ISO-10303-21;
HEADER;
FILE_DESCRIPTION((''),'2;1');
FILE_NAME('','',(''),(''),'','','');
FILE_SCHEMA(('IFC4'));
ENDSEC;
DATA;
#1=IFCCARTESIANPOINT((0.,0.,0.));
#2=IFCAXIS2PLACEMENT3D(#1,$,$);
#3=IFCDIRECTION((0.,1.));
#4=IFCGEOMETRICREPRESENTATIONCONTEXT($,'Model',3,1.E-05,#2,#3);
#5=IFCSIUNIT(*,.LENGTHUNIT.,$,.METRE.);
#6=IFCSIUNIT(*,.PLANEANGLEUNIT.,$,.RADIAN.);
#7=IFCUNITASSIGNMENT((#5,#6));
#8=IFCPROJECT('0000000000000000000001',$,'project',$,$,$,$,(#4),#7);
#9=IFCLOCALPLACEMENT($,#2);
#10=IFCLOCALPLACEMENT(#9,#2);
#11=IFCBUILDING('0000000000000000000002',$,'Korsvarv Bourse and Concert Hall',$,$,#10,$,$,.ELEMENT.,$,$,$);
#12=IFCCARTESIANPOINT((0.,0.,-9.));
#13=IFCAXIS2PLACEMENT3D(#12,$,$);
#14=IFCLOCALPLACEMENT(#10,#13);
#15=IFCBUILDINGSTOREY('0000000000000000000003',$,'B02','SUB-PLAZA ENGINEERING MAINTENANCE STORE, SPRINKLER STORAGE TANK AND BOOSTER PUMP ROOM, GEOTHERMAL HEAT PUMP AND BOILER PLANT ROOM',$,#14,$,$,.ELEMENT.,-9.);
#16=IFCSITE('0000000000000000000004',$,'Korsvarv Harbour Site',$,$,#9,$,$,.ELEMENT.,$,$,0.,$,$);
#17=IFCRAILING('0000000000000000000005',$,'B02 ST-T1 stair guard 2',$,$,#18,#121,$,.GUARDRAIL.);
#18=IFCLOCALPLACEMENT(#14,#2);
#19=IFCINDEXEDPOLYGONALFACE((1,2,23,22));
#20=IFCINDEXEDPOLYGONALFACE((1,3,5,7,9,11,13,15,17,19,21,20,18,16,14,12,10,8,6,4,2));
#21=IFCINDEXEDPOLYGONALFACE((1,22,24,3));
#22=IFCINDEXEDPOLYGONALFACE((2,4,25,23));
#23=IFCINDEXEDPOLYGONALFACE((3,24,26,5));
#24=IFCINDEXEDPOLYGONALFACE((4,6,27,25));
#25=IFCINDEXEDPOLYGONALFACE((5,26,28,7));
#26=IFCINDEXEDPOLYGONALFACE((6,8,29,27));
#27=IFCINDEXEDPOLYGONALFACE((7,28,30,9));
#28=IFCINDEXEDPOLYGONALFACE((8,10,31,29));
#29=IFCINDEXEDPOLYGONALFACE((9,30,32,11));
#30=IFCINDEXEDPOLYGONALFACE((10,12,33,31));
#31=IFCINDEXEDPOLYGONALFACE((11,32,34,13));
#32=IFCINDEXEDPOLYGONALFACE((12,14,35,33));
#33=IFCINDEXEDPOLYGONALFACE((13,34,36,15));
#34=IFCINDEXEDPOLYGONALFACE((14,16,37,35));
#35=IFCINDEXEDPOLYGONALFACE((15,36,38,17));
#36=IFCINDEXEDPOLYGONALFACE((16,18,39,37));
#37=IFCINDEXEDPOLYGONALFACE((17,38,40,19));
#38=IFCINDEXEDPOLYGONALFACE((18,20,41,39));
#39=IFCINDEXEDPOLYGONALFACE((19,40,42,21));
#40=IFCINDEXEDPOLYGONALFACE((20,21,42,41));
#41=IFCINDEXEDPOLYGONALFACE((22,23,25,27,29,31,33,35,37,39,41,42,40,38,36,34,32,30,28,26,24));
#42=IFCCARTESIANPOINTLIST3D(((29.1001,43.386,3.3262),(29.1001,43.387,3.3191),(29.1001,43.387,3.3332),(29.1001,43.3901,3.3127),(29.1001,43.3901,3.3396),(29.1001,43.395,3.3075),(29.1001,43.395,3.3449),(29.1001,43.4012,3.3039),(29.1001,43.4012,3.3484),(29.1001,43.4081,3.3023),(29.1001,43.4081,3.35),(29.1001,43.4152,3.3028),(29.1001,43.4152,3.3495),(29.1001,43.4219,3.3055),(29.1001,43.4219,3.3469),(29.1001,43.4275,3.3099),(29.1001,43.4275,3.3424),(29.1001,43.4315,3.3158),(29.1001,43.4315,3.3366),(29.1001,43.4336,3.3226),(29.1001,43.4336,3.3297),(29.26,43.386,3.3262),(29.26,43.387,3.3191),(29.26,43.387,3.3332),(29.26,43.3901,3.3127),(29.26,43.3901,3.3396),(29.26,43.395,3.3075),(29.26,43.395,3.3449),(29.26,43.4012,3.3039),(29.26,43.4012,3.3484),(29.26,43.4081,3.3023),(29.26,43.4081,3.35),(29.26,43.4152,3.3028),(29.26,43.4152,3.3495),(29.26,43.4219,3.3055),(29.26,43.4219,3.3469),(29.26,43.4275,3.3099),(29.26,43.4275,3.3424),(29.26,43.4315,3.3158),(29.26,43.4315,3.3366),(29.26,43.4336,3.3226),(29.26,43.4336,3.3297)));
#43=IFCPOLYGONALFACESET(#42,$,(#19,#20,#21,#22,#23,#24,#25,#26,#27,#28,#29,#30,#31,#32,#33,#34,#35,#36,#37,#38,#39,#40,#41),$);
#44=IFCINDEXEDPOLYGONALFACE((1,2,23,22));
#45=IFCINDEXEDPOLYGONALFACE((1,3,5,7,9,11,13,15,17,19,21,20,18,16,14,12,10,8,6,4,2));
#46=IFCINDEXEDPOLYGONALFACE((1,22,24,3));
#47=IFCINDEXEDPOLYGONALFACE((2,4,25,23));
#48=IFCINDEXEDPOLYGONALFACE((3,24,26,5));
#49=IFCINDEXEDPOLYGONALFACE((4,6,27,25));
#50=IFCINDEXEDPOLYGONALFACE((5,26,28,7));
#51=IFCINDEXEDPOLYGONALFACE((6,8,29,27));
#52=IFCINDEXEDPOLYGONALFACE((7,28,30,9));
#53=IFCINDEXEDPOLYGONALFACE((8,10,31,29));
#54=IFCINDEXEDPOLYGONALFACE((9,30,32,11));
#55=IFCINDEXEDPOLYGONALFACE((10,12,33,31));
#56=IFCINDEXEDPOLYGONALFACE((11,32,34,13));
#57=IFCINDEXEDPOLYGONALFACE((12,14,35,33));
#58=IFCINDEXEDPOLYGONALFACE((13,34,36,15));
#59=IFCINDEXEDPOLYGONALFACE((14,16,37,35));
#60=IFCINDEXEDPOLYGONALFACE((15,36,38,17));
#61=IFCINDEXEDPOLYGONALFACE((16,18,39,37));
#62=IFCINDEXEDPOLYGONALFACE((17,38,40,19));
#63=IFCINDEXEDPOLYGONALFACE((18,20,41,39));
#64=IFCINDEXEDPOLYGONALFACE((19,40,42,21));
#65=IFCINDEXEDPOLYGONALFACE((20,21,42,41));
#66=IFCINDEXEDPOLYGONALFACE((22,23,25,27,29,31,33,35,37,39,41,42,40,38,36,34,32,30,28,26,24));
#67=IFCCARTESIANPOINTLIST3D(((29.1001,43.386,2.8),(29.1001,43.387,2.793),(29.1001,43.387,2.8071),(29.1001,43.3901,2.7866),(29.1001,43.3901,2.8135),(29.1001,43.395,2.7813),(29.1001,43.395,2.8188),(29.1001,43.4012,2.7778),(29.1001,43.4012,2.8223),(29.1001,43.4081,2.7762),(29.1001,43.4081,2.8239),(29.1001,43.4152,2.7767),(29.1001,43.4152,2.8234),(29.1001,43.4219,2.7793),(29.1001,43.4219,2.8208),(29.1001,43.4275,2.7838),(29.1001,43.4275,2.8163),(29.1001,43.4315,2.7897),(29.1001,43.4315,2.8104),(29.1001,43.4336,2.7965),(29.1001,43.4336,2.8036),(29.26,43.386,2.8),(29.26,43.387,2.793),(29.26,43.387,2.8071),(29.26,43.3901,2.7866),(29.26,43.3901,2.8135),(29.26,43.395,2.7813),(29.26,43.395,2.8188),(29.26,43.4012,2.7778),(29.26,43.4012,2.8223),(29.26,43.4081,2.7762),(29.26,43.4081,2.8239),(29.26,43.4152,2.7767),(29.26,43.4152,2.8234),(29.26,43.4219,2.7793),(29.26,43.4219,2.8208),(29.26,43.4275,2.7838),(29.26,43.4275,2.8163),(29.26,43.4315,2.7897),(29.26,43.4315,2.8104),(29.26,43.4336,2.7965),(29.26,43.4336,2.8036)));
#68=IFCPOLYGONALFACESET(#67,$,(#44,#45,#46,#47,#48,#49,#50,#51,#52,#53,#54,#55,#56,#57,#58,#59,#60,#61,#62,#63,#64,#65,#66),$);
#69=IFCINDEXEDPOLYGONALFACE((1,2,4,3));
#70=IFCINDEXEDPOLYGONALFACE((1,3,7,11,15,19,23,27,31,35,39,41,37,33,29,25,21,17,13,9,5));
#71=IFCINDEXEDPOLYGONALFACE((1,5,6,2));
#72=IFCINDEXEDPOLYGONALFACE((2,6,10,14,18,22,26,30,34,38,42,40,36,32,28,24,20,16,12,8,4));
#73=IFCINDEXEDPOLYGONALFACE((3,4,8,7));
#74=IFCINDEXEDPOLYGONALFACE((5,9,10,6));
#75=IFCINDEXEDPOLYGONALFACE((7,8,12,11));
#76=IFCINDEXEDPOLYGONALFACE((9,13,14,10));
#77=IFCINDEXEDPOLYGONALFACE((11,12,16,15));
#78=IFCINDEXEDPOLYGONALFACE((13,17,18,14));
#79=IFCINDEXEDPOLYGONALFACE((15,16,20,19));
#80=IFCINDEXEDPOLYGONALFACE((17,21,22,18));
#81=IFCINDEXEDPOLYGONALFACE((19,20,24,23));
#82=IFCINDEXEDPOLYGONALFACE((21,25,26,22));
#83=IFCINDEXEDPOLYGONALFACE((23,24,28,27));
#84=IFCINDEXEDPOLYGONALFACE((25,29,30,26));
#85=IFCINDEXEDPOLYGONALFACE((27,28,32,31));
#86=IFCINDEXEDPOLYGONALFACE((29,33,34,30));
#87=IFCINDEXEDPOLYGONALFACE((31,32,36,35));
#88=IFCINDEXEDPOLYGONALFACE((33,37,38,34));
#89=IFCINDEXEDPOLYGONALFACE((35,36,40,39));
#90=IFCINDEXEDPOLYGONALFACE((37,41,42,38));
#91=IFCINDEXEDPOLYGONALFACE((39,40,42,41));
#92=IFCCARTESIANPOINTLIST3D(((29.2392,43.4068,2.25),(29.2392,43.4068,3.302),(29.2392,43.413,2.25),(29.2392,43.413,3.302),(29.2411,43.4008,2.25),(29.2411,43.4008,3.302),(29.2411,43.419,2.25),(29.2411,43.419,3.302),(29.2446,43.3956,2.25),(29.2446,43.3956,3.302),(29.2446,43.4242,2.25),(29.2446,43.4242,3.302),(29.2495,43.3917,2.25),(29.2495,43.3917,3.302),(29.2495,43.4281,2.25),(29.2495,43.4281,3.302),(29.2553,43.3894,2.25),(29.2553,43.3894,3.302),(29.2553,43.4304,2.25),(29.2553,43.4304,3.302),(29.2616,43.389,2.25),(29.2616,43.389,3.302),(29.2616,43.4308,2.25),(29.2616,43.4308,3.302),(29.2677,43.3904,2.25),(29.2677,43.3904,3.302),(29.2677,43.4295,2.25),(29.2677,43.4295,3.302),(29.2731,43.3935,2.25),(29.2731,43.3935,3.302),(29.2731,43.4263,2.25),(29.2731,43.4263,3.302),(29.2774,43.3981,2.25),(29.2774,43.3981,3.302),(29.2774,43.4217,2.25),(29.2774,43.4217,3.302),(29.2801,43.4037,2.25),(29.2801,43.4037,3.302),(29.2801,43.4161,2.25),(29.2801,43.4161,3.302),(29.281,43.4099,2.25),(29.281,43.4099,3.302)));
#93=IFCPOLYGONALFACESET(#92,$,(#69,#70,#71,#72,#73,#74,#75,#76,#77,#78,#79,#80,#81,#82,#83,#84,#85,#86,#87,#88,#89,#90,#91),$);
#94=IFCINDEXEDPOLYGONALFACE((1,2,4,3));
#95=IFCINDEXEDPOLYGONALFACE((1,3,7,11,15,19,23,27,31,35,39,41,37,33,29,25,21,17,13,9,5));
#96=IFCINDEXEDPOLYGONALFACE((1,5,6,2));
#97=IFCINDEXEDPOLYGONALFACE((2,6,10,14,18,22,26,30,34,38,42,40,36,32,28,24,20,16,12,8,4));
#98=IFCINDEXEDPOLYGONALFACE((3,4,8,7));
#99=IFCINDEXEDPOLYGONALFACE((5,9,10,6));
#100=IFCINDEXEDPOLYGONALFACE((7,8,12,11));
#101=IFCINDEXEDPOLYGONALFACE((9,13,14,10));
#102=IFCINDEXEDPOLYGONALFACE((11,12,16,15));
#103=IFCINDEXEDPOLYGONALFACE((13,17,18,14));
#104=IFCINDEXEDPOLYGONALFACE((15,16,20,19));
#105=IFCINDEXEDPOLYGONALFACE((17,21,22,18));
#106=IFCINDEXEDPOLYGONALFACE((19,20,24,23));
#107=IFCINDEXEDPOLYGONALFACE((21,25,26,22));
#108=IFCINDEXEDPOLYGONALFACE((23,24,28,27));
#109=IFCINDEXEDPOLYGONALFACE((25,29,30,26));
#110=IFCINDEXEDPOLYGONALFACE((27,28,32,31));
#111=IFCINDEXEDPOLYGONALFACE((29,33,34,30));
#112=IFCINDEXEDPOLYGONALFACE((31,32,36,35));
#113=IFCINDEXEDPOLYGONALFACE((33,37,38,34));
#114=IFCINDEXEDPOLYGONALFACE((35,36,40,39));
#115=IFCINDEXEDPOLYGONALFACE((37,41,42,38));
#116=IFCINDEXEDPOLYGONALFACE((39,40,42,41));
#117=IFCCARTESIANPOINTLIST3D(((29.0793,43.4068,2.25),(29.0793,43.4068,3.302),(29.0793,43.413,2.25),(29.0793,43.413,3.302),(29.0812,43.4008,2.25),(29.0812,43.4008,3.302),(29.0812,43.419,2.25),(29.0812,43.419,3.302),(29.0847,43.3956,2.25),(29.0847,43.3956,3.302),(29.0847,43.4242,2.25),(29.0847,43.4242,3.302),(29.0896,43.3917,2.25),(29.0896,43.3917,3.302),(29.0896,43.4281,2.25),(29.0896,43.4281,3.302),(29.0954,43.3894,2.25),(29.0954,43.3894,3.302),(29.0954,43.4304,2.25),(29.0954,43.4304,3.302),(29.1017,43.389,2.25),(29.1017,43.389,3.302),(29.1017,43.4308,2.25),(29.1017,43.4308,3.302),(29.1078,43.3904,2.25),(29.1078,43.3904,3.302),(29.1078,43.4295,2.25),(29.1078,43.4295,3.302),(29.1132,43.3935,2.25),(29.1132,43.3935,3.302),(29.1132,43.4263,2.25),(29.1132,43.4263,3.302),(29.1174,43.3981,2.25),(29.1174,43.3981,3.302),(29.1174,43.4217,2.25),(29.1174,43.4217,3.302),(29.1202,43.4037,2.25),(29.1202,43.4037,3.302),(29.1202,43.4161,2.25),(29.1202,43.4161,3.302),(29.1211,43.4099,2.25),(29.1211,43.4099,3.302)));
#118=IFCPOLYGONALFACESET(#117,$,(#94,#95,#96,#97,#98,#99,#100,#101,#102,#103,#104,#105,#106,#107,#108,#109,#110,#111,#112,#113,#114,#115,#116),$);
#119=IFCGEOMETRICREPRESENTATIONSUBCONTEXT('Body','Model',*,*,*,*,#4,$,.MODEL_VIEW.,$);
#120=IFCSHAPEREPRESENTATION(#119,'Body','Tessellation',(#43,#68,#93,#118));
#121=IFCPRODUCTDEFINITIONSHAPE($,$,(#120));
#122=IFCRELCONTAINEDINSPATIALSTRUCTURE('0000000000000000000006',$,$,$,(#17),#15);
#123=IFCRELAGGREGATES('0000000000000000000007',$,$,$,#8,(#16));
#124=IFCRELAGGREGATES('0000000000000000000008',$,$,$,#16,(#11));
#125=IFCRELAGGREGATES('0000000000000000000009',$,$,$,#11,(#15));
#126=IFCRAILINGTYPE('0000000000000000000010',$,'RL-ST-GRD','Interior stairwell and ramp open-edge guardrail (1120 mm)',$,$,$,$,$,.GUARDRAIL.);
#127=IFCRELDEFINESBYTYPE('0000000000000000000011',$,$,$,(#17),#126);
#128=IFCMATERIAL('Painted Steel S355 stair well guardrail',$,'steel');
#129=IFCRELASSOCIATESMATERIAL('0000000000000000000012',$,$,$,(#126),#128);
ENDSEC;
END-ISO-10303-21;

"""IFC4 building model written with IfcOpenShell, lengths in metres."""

from ifc_helpers import new_model, si_unit, direction, frame, origin, origin_2d, place, context, subcontext, project, spatial, circle, extrude, material, type_object, element, save


model = new_model("IFC4")

# Units and contexts
model_context = context("Model", 3, precision=1e-05, world=origin(), true_north=direction((0.0, 1.0)))
body_context = subcontext(model_context, "Body", "Model", "MODEL_VIEW")
ifc_project = project(units=[si_unit("LENGTHUNIT", "METRE"), si_unit("PLANEANGLEUNIT", "RADIAN")], contexts=[model_context])

# Site, building, storey
site_placement = place(None, origin())
site = spatial("IfcSite", under=ifc_project, at=site_placement, Name="Korsvarv Harbour Site", CompositionType="ELEMENT", RefElevation=0.0)
building_placement = place(site_placement, origin())
building = spatial("IfcBuilding", under=site, at=building_placement, Name="Korsvarv Bourse and Concert Hall", CompositionType="ELEMENT")
storey_placement = place(building_placement, frame((0.0, 0.0, -9.0)))
storey = spatial("IfcBuildingStorey", under=building, at=storey_placement, Name="B02", Description="SUB-PLAZA ENGINEERING MAINTENANCE STORE, SPRINKLER STORAGE TANK AND BOOSTER PUMP ROOM, GEOTHERMAL HEAT PUMP AND BOILER PLANT ROOM", CompositionType="ELEMENT", Elevation=-9.0)

# Railing
ifc_material_1 = material(Name="Painted Steel S355 stair well guardrail", Category="steel")
railing_type_1 = type_object("IfcRailingType", Name="RL-ST-GRD", Description="Interior stairwell and ramp open-edge guardrail (1120 mm)", PredefinedType="GUARDRAIL", material=ifc_material_1)
railing_1_placement = place(storey_placement, frame((29.26, 43.4099, 2.25)))
element("IfcRailing", 1, at=railing_1_placement, inside=storey, type_object=railing_type_1, Name="B02 ST-T1 stair guard 2", PredefinedType="GUARDRAIL", context=body_context, shape_type="SweptSolid", body=[
    extrude(circle(Radius=0.0239, at=origin_2d()), frame((0.0, 0.0, 1.0762), z_axis=(-1.0, 0.0, 0.0), x_axis=(0.0, -1.0, 0.0)), (0.0, 0.0, 1.0), 0.1599),
    extrude(circle(Radius=0.0239, at=origin_2d()), frame((0.0, 0.0, 0.55), z_axis=(-1.0, 0.0, 0.0), x_axis=(0.0, -1.0, 0.0)), (0.0, 0.0, 1.0), 0.1599),
    extrude(circle(Radius=0.021, at=origin_2d()), origin(), (0.0, 0.0, 1.0), 1.052),
    extrude(circle(Radius=0.021, at=origin_2d()), frame((-0.1599, 0.0, 0.0)), (0.0, 0.0, 1.0), 1.052),
])

save(model, "model.ifc")
